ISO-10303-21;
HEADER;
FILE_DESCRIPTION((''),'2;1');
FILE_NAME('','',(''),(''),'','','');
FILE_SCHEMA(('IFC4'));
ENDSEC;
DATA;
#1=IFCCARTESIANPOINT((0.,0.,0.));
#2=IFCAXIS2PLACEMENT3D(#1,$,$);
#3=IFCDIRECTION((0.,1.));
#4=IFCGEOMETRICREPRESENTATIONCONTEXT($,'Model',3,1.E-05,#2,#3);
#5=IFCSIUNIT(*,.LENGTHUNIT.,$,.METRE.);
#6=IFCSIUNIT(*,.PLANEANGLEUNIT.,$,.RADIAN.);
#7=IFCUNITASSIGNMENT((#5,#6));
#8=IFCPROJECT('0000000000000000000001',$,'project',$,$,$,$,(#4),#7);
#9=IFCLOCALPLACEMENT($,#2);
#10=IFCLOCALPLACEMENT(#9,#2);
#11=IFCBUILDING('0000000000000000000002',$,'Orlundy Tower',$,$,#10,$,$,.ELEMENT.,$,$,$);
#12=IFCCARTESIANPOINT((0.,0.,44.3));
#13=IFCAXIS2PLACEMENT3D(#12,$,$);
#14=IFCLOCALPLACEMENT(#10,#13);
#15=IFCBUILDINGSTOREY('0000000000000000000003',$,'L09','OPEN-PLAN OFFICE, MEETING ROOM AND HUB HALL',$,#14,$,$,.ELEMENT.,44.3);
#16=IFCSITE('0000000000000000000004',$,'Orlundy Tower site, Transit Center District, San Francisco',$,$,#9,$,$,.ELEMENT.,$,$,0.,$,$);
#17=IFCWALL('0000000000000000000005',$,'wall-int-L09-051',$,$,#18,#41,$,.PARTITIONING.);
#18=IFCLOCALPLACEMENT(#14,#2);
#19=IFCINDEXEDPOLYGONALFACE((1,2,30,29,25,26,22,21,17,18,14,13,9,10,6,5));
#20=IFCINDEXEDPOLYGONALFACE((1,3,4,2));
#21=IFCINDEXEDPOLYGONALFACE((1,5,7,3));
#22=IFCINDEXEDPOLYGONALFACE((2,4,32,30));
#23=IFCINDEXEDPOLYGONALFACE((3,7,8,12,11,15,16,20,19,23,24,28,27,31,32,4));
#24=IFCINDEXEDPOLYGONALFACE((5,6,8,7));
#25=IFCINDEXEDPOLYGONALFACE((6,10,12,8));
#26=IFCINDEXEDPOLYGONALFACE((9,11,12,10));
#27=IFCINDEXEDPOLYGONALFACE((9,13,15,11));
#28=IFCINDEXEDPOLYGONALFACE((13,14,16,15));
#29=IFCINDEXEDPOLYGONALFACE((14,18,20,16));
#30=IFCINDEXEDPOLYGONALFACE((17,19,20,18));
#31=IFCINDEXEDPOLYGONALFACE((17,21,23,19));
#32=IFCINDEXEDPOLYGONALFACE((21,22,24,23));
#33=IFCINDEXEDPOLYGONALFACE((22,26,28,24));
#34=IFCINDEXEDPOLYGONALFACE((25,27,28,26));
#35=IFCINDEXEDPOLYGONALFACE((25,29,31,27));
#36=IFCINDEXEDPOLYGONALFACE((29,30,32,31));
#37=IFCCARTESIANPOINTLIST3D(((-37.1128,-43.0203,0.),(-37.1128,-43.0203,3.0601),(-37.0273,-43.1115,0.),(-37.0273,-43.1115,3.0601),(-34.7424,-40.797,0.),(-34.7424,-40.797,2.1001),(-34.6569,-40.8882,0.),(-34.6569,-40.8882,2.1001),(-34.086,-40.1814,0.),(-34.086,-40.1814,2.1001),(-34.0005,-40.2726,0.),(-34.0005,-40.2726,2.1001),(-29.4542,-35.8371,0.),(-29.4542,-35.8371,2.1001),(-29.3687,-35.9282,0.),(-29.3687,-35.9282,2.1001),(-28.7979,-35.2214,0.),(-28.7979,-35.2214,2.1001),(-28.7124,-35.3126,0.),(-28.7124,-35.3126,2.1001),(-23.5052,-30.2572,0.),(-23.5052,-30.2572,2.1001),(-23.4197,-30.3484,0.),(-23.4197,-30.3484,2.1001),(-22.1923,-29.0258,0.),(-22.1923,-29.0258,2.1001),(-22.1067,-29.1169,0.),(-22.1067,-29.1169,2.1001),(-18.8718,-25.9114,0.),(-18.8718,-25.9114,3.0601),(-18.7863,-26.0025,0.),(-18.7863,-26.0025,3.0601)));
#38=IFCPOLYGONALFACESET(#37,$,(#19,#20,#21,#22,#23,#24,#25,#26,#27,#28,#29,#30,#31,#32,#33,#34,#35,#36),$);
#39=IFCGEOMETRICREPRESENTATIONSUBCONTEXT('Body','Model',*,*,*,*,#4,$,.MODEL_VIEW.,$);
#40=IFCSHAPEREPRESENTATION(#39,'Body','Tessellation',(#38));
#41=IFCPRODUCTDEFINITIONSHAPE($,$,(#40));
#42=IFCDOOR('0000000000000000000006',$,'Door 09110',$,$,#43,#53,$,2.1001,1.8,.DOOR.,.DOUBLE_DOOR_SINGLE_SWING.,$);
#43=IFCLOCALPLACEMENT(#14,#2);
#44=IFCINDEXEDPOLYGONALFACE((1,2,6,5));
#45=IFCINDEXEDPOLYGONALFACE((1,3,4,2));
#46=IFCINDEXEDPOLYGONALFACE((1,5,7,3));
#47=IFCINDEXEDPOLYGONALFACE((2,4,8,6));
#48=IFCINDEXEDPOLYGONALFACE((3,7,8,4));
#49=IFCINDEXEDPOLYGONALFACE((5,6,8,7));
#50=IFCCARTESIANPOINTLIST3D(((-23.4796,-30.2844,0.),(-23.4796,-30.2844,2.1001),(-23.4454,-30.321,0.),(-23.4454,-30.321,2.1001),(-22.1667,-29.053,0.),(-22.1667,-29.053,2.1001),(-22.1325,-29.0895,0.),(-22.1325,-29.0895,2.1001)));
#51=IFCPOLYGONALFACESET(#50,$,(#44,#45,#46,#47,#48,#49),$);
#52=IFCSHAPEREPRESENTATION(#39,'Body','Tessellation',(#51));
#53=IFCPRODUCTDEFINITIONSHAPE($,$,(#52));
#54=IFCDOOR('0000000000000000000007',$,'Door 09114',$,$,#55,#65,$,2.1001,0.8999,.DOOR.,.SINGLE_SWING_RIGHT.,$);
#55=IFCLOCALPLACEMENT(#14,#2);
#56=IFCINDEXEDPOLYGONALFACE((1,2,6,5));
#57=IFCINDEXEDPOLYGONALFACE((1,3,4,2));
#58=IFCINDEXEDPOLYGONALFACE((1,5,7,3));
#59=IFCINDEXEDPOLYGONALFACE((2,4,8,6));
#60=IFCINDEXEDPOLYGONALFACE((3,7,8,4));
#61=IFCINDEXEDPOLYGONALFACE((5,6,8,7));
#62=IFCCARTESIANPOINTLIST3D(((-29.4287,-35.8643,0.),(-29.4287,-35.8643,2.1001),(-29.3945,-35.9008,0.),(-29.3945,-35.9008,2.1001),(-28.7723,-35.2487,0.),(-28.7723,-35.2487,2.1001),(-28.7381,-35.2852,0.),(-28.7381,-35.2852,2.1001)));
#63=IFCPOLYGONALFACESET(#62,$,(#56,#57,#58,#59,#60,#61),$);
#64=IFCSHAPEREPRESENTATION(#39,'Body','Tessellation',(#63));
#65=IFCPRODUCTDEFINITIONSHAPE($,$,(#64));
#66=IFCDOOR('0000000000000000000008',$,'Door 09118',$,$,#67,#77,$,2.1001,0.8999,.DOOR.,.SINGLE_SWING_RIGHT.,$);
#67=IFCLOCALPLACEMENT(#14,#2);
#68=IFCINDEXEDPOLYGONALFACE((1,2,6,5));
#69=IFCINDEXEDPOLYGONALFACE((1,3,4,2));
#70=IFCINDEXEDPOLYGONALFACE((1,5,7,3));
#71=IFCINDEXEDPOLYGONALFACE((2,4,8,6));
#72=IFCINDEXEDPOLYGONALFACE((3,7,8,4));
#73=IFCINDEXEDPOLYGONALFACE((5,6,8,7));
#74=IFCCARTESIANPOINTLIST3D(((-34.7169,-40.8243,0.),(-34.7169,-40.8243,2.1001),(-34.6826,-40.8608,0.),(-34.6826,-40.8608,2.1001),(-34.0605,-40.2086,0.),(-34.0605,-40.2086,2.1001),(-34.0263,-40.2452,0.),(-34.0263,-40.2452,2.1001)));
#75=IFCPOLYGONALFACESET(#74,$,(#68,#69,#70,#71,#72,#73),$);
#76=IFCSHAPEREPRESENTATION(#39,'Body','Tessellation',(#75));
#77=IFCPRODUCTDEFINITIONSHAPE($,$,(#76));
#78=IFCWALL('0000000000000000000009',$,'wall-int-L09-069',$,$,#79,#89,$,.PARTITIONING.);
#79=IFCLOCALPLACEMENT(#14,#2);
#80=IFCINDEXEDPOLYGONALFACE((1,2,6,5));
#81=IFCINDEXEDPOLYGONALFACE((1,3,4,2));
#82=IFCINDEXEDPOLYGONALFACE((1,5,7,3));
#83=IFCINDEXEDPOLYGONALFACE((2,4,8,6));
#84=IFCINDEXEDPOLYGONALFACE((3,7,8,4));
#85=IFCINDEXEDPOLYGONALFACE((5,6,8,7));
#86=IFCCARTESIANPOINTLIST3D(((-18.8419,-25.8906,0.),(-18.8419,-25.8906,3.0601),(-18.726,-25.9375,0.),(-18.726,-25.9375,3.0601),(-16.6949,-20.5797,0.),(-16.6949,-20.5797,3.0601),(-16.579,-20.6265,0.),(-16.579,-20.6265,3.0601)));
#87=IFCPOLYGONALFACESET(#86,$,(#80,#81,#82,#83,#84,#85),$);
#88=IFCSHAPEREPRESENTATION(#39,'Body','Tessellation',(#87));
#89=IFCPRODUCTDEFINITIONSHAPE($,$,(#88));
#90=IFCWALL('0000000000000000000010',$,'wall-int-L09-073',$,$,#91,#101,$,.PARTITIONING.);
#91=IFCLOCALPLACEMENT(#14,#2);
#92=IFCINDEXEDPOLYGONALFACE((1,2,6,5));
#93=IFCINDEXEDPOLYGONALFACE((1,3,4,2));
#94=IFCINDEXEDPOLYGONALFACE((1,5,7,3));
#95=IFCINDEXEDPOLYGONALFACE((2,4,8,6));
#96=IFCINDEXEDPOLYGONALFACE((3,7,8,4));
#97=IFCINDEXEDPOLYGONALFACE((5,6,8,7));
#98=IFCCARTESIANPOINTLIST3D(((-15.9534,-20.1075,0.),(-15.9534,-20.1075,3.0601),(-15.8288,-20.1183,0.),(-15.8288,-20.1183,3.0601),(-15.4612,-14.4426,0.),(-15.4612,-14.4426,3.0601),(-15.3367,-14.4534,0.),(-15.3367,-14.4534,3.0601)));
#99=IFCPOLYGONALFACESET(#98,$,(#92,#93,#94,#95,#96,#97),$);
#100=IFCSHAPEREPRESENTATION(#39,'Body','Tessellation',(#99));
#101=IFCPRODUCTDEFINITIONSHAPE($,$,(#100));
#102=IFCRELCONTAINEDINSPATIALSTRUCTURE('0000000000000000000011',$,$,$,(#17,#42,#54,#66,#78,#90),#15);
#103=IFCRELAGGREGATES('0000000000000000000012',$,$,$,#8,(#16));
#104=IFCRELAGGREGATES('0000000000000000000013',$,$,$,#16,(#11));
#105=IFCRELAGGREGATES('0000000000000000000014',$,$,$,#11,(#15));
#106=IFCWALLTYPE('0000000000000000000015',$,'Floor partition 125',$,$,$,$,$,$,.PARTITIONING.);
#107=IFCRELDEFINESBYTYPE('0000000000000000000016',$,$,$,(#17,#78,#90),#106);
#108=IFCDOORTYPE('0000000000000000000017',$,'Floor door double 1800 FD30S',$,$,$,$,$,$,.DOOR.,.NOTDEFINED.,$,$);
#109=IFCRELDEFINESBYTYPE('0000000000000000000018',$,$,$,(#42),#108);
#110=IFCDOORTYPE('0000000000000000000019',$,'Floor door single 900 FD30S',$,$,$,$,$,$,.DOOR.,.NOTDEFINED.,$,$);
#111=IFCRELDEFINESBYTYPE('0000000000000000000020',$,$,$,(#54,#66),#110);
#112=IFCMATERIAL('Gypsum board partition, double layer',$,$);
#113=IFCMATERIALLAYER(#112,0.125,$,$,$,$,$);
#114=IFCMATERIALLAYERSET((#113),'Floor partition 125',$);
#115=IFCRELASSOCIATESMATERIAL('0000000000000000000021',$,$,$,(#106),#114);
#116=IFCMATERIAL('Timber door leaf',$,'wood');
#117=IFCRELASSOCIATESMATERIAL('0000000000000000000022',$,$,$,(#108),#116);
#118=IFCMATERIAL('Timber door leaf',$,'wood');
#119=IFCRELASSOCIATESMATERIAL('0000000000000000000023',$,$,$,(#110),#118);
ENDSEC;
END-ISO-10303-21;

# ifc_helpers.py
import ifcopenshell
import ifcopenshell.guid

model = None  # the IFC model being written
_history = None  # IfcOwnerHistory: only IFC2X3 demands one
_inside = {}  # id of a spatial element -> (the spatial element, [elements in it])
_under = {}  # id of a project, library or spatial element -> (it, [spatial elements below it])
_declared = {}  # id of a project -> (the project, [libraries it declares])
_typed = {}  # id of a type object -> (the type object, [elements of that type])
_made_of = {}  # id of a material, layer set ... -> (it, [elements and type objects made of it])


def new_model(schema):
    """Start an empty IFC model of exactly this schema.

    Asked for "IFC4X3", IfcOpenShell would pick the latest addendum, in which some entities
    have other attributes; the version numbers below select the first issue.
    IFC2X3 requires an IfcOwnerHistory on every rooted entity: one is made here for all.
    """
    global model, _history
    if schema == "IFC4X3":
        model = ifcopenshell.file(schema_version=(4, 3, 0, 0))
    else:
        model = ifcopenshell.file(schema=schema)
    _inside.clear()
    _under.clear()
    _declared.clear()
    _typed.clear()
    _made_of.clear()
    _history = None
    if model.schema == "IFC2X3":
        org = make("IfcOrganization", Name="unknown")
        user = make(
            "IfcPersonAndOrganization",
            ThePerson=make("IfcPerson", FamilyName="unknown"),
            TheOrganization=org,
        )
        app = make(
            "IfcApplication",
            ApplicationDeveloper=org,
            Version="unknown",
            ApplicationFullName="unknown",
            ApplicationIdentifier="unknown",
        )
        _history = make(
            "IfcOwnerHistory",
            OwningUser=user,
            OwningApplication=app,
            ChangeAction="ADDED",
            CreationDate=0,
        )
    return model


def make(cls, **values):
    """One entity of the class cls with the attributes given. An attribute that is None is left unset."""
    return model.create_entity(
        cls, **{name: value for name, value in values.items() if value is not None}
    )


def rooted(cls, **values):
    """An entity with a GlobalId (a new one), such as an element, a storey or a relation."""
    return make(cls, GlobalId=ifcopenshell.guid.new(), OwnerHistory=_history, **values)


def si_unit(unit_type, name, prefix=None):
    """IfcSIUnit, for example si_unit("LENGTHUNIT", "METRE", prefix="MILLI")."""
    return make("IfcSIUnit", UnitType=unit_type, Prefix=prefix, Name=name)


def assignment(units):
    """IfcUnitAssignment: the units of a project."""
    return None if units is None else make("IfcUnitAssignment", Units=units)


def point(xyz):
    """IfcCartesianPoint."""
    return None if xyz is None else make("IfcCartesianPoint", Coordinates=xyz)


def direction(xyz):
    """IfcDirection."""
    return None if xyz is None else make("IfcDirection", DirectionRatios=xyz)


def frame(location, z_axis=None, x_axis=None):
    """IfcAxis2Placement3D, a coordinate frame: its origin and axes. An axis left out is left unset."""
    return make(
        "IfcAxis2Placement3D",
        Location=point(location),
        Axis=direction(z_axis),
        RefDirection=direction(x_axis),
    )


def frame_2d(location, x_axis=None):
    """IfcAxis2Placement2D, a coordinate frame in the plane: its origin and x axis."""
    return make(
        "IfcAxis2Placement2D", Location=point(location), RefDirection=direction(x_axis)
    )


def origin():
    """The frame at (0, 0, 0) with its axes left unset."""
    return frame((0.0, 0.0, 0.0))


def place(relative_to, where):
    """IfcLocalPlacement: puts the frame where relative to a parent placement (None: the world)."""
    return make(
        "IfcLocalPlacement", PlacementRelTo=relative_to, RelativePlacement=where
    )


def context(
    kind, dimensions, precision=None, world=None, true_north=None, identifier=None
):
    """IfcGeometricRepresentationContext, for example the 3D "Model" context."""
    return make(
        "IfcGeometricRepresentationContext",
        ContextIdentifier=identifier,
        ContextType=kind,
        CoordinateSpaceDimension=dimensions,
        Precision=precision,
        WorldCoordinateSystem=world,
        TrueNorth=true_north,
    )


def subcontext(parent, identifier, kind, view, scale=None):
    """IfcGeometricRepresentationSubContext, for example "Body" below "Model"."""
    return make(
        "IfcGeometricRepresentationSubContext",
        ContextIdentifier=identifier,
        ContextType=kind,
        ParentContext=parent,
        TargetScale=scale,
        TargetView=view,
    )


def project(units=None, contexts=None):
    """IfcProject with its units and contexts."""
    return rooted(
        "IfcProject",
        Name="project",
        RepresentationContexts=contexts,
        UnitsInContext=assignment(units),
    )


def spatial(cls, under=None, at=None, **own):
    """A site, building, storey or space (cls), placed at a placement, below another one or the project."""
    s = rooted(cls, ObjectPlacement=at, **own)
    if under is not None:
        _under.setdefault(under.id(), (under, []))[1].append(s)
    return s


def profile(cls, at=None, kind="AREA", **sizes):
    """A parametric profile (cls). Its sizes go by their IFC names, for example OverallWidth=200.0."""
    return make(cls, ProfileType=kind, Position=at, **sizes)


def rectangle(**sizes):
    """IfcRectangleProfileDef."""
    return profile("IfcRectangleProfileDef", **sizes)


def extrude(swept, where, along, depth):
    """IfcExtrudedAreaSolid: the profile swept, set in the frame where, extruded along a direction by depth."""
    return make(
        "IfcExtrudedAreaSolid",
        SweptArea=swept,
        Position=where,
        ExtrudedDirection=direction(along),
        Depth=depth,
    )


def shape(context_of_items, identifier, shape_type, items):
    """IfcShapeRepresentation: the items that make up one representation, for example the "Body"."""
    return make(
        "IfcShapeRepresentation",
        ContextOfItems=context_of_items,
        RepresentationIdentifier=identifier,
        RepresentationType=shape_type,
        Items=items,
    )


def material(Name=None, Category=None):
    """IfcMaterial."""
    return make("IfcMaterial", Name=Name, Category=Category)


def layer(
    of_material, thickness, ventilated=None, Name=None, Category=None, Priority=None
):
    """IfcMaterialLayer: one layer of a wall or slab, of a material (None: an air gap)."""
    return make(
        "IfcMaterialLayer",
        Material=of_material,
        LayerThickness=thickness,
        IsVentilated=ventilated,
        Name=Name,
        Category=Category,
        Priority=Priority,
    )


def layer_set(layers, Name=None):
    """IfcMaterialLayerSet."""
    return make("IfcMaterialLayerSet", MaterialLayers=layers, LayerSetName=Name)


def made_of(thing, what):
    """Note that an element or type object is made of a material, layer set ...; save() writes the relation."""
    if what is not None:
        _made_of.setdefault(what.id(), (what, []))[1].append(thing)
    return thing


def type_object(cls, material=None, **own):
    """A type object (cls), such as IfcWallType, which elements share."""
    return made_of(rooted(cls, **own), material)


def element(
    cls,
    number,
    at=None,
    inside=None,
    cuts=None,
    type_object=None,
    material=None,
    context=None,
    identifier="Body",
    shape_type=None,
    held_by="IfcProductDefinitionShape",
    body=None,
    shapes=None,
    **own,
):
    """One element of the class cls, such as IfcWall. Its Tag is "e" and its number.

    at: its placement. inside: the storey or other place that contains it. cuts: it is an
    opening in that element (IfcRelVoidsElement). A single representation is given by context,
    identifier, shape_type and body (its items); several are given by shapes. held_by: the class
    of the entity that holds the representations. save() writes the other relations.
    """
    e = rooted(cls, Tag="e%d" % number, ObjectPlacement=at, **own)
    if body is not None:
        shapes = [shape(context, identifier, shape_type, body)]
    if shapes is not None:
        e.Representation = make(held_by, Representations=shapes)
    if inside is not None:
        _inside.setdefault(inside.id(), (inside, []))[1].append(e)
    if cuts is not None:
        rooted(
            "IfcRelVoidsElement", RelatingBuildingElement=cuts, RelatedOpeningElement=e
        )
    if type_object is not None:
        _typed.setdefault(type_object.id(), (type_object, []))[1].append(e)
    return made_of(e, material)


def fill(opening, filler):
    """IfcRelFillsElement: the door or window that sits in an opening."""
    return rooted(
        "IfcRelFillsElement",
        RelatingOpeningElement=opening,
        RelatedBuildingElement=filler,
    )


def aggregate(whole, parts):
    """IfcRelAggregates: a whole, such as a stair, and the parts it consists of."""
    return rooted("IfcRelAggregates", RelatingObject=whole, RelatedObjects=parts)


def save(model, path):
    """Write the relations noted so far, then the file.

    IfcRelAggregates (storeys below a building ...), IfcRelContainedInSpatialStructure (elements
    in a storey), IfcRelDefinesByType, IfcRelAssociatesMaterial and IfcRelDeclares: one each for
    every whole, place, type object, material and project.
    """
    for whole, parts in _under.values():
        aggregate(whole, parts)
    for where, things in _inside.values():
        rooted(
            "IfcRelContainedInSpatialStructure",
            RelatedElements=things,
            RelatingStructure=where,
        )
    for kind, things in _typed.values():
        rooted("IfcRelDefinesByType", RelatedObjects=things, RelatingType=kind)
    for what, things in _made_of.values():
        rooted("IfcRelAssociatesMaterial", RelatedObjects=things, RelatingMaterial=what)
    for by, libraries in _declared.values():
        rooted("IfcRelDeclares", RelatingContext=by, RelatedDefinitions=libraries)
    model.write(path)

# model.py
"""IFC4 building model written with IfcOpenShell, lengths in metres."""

from ifc_helpers import new_model, si_unit, direction, frame, frame_2d, origin, place, context, subcontext, project, spatial, rectangle, extrude, material, layer, layer_set, type_object, element, fill, save


model = new_model("IFC4")

# Units and contexts
model_context = context("Model", 3, precision=1e-05, world=origin(), true_north=direction((0.0, 1.0)))
body_context = subcontext(model_context, "Body", "Model", "MODEL_VIEW")
ifc_project = project(units=[si_unit("LENGTHUNIT", "METRE"), si_unit("PLANEANGLEUNIT", "RADIAN")], contexts=[model_context])

# Site, building, storey
site_placement = place(None, origin())
site = spatial("IfcSite", under=ifc_project, at=site_placement, Name="Orlundy Tower site, Transit Center District, San Francisco", CompositionType="ELEMENT", RefElevation=0.0)
building_placement = place(site_placement, origin())
building = spatial("IfcBuilding", under=site, at=building_placement, Name="Orlundy Tower", CompositionType="ELEMENT")
storey_placement = place(building_placement, frame((0.0, 0.0, 44.3)))
storey = spatial("IfcBuildingStorey", under=building, at=storey_placement, Name="L09", Description="OPEN-PLAN OFFICE, MEETING ROOM AND HUB HALL", CompositionType="ELEMENT", Elevation=44.3)

# Shared definitions
ifc_material_1 = material(Name="Gypsum board partition, double layer")
ifc_layer_1 = layer(ifc_material_1, 0.125)
ifc_layer_set_1 = layer_set([ifc_layer_1], Name="Floor partition 125")
wall_type_1 = type_object("IfcWallType", Name="Floor partition 125", PredefinedType="PARTITIONING", material=ifc_layer_set_1)

# Shared definitions
ifc_material_2 = material(Name="Timber door leaf", Category="wood")
door_type_1 = type_object("IfcDoorType", Name="Floor door double 1800 FD30S", OperationType="NOTDEFINED", PredefinedType="DOOR", material=ifc_material_2)

# Wall, openings, doors
wall_1_placement = place(storey_placement, frame((-18.8291, -25.957, 0.0), z_axis=(0.0, 0.0, 1.0), x_axis=(-0.729378, -0.684111, 0.0)))
wall_1 = element("IfcWall", 1, at=wall_1_placement, inside=storey, type_object=wall_type_1, Name="wall-int-L09-051", PredefinedType="PARTITIONING", context=body_context, shape_type="SweptSolid", body=[
    extrude(rectangle(XDim=25.009, YDim=0.125, at=frame_2d((12.5044, 0.0))), origin(), (0.0, 0.0, 1.0), 3.0601),
])
opening_1_placement = place(wall_1_placement, frame((4.5525, 0.0, 0.0)))
opening_1 = element("IfcOpeningElement", 2, at=opening_1_placement, cuts=wall_1, PredefinedType="OPENING", context=body_context, shape_type="SweptSolid", body=[
    extrude(rectangle(XDim=1.8, YDim=2.1001, at=frame_2d((0.8999, 1.05))), frame((0.0, 0.0725, 0.0), z_axis=(0.0, -1.0, 0.0), x_axis=(1.0, 0.0, 0.0)), (0.0, 0.0, 1.0), 0.145),
])
opening_2_placement = place(wall_1_placement, frame((13.6089, 0.0, 0.0)))
opening_2 = element("IfcOpeningElement", 3, at=opening_2_placement, cuts=wall_1, PredefinedType="OPENING", context=body_context, shape_type="SweptSolid", body=[
    extrude(rectangle(XDim=0.8999, YDim=2.1001, at=frame_2d((0.45, 1.05))), frame((0.0, 0.0725, 0.0), z_axis=(0.0, -1.0, 0.0), x_axis=(1.0, 0.0, 0.0)), (0.0, 0.0, 1.0), 0.145),
])
opening_3_placement = place(wall_1_placement, frame((20.8591, 0.0, 0.0)))
opening_3 = element("IfcOpeningElement", 4, at=opening_3_placement, cuts=wall_1, PredefinedType="OPENING", context=body_context, shape_type="SweptSolid", body=[
    extrude(rectangle(XDim=0.8999, YDim=2.1001, at=frame_2d((0.45, 1.05))), frame((0.0, 0.0725, 0.0), z_axis=(0.0, -1.0, 0.0), x_axis=(1.0, 0.0, 0.0)), (0.0, 0.0, 1.0), 0.145),
])
door_1_placement = place(opening_1_placement, origin())
door_1 = element("IfcDoor", 5, at=door_1_placement, inside=storey, type_object=door_type_1, Name="Door 09110", OperationType="DOUBLE_DOOR_SINGLE_SWING", OverallHeight=2.1001, OverallWidth=1.8, PredefinedType="DOOR", context=body_context, shape_type="SweptSolid", body=[
    extrude(rectangle(XDim=1.8, YDim=2.1001, at=frame_2d((0.8999, 1.05))), frame((0.0, 0.0249, 0.0), z_axis=(0.0, -1.0, 0.0), x_axis=(1.0, 0.0, 0.0)), (0.0, 0.0, 1.0), 0.05),
])
fill(opening_1, door_1)
ifc_material_3 = material(Name="Timber door leaf", Category="wood")
door_type_2 = type_object("IfcDoorType", Name="Floor door single 900 FD30S", OperationType="NOTDEFINED", PredefinedType="DOOR", material=ifc_material_3)
door_2_placement = place(opening_2_placement, origin())
door_2 = element("IfcDoor", 6, at=door_2_placement, inside=storey, type_object=door_type_2, Name="Door 09114", OperationType="SINGLE_SWING_RIGHT", OverallHeight=2.1001, OverallWidth=0.8999, PredefinedType="DOOR", context=body_context, shape_type="SweptSolid", body=[
    extrude(rectangle(XDim=0.8999, YDim=2.1001, at=frame_2d((0.45, 1.05))), frame((0.0, 0.0249, 0.0), z_axis=(0.0, -1.0, 0.0), x_axis=(1.0, 0.0, 0.0)), (0.0, 0.0, 1.0), 0.05),
])
fill(opening_2, door_2)
door_3_placement = place(opening_3_placement, origin())
door_3 = element("IfcDoor", 7, at=door_3_placement, inside=storey, type_object=door_type_2, Name="Door 09118", OperationType="SINGLE_SWING_RIGHT", OverallHeight=2.1001, OverallWidth=0.8999, PredefinedType="DOOR", context=body_context, shape_type="SweptSolid", body=[
    extrude(rectangle(XDim=0.8999, YDim=2.1001, at=frame_2d((0.45, 1.05))), frame((0.0, 0.0249, 0.0), z_axis=(0.0, -1.0, 0.0), x_axis=(1.0, 0.0, 0.0)), (0.0, 0.0, 1.0), 0.05),
])
fill(opening_3, door_3)

# Walls
wall_2_placement = place(storey_placement, frame((-18.7839, -25.9141, 0.0), z_axis=(0.0, 0.0, 1.0), x_axis=(0.374783, 0.927113, 0.0)))
element("IfcWall", 8, at=wall_2_placement, inside=storey, type_object=wall_type_1, Name="wall-int-L09-069", PredefinedType="PARTITIONING", context=body_context, shape_type="SweptSolid", body=[
    extrude(rectangle(XDim=5.7285, YDim=0.125, at=frame_2d((2.8643, 0.0))), origin(), (0.0, 0.0, 1.0), 3.0601),
])
wall_3_placement = place(storey_placement, frame((-15.8911, -20.113, 0.0), z_axis=(0.0, 0.0, 1.0), x_axis=(0.086556, 0.996247, 0.0)))
element("IfcWall", 9, at=wall_3_placement, inside=storey, type_object=wall_type_1, Name="wall-int-L09-073", PredefinedType="PARTITIONING", context=body_context, shape_type="SweptSolid", body=[
    extrude(rectangle(XDim=5.6863, YDim=0.125, at=frame_2d((2.8433, 0.0))), origin(), (0.0, 0.0, 1.0), 3.0601),
])

save(model, "model.ifc")
